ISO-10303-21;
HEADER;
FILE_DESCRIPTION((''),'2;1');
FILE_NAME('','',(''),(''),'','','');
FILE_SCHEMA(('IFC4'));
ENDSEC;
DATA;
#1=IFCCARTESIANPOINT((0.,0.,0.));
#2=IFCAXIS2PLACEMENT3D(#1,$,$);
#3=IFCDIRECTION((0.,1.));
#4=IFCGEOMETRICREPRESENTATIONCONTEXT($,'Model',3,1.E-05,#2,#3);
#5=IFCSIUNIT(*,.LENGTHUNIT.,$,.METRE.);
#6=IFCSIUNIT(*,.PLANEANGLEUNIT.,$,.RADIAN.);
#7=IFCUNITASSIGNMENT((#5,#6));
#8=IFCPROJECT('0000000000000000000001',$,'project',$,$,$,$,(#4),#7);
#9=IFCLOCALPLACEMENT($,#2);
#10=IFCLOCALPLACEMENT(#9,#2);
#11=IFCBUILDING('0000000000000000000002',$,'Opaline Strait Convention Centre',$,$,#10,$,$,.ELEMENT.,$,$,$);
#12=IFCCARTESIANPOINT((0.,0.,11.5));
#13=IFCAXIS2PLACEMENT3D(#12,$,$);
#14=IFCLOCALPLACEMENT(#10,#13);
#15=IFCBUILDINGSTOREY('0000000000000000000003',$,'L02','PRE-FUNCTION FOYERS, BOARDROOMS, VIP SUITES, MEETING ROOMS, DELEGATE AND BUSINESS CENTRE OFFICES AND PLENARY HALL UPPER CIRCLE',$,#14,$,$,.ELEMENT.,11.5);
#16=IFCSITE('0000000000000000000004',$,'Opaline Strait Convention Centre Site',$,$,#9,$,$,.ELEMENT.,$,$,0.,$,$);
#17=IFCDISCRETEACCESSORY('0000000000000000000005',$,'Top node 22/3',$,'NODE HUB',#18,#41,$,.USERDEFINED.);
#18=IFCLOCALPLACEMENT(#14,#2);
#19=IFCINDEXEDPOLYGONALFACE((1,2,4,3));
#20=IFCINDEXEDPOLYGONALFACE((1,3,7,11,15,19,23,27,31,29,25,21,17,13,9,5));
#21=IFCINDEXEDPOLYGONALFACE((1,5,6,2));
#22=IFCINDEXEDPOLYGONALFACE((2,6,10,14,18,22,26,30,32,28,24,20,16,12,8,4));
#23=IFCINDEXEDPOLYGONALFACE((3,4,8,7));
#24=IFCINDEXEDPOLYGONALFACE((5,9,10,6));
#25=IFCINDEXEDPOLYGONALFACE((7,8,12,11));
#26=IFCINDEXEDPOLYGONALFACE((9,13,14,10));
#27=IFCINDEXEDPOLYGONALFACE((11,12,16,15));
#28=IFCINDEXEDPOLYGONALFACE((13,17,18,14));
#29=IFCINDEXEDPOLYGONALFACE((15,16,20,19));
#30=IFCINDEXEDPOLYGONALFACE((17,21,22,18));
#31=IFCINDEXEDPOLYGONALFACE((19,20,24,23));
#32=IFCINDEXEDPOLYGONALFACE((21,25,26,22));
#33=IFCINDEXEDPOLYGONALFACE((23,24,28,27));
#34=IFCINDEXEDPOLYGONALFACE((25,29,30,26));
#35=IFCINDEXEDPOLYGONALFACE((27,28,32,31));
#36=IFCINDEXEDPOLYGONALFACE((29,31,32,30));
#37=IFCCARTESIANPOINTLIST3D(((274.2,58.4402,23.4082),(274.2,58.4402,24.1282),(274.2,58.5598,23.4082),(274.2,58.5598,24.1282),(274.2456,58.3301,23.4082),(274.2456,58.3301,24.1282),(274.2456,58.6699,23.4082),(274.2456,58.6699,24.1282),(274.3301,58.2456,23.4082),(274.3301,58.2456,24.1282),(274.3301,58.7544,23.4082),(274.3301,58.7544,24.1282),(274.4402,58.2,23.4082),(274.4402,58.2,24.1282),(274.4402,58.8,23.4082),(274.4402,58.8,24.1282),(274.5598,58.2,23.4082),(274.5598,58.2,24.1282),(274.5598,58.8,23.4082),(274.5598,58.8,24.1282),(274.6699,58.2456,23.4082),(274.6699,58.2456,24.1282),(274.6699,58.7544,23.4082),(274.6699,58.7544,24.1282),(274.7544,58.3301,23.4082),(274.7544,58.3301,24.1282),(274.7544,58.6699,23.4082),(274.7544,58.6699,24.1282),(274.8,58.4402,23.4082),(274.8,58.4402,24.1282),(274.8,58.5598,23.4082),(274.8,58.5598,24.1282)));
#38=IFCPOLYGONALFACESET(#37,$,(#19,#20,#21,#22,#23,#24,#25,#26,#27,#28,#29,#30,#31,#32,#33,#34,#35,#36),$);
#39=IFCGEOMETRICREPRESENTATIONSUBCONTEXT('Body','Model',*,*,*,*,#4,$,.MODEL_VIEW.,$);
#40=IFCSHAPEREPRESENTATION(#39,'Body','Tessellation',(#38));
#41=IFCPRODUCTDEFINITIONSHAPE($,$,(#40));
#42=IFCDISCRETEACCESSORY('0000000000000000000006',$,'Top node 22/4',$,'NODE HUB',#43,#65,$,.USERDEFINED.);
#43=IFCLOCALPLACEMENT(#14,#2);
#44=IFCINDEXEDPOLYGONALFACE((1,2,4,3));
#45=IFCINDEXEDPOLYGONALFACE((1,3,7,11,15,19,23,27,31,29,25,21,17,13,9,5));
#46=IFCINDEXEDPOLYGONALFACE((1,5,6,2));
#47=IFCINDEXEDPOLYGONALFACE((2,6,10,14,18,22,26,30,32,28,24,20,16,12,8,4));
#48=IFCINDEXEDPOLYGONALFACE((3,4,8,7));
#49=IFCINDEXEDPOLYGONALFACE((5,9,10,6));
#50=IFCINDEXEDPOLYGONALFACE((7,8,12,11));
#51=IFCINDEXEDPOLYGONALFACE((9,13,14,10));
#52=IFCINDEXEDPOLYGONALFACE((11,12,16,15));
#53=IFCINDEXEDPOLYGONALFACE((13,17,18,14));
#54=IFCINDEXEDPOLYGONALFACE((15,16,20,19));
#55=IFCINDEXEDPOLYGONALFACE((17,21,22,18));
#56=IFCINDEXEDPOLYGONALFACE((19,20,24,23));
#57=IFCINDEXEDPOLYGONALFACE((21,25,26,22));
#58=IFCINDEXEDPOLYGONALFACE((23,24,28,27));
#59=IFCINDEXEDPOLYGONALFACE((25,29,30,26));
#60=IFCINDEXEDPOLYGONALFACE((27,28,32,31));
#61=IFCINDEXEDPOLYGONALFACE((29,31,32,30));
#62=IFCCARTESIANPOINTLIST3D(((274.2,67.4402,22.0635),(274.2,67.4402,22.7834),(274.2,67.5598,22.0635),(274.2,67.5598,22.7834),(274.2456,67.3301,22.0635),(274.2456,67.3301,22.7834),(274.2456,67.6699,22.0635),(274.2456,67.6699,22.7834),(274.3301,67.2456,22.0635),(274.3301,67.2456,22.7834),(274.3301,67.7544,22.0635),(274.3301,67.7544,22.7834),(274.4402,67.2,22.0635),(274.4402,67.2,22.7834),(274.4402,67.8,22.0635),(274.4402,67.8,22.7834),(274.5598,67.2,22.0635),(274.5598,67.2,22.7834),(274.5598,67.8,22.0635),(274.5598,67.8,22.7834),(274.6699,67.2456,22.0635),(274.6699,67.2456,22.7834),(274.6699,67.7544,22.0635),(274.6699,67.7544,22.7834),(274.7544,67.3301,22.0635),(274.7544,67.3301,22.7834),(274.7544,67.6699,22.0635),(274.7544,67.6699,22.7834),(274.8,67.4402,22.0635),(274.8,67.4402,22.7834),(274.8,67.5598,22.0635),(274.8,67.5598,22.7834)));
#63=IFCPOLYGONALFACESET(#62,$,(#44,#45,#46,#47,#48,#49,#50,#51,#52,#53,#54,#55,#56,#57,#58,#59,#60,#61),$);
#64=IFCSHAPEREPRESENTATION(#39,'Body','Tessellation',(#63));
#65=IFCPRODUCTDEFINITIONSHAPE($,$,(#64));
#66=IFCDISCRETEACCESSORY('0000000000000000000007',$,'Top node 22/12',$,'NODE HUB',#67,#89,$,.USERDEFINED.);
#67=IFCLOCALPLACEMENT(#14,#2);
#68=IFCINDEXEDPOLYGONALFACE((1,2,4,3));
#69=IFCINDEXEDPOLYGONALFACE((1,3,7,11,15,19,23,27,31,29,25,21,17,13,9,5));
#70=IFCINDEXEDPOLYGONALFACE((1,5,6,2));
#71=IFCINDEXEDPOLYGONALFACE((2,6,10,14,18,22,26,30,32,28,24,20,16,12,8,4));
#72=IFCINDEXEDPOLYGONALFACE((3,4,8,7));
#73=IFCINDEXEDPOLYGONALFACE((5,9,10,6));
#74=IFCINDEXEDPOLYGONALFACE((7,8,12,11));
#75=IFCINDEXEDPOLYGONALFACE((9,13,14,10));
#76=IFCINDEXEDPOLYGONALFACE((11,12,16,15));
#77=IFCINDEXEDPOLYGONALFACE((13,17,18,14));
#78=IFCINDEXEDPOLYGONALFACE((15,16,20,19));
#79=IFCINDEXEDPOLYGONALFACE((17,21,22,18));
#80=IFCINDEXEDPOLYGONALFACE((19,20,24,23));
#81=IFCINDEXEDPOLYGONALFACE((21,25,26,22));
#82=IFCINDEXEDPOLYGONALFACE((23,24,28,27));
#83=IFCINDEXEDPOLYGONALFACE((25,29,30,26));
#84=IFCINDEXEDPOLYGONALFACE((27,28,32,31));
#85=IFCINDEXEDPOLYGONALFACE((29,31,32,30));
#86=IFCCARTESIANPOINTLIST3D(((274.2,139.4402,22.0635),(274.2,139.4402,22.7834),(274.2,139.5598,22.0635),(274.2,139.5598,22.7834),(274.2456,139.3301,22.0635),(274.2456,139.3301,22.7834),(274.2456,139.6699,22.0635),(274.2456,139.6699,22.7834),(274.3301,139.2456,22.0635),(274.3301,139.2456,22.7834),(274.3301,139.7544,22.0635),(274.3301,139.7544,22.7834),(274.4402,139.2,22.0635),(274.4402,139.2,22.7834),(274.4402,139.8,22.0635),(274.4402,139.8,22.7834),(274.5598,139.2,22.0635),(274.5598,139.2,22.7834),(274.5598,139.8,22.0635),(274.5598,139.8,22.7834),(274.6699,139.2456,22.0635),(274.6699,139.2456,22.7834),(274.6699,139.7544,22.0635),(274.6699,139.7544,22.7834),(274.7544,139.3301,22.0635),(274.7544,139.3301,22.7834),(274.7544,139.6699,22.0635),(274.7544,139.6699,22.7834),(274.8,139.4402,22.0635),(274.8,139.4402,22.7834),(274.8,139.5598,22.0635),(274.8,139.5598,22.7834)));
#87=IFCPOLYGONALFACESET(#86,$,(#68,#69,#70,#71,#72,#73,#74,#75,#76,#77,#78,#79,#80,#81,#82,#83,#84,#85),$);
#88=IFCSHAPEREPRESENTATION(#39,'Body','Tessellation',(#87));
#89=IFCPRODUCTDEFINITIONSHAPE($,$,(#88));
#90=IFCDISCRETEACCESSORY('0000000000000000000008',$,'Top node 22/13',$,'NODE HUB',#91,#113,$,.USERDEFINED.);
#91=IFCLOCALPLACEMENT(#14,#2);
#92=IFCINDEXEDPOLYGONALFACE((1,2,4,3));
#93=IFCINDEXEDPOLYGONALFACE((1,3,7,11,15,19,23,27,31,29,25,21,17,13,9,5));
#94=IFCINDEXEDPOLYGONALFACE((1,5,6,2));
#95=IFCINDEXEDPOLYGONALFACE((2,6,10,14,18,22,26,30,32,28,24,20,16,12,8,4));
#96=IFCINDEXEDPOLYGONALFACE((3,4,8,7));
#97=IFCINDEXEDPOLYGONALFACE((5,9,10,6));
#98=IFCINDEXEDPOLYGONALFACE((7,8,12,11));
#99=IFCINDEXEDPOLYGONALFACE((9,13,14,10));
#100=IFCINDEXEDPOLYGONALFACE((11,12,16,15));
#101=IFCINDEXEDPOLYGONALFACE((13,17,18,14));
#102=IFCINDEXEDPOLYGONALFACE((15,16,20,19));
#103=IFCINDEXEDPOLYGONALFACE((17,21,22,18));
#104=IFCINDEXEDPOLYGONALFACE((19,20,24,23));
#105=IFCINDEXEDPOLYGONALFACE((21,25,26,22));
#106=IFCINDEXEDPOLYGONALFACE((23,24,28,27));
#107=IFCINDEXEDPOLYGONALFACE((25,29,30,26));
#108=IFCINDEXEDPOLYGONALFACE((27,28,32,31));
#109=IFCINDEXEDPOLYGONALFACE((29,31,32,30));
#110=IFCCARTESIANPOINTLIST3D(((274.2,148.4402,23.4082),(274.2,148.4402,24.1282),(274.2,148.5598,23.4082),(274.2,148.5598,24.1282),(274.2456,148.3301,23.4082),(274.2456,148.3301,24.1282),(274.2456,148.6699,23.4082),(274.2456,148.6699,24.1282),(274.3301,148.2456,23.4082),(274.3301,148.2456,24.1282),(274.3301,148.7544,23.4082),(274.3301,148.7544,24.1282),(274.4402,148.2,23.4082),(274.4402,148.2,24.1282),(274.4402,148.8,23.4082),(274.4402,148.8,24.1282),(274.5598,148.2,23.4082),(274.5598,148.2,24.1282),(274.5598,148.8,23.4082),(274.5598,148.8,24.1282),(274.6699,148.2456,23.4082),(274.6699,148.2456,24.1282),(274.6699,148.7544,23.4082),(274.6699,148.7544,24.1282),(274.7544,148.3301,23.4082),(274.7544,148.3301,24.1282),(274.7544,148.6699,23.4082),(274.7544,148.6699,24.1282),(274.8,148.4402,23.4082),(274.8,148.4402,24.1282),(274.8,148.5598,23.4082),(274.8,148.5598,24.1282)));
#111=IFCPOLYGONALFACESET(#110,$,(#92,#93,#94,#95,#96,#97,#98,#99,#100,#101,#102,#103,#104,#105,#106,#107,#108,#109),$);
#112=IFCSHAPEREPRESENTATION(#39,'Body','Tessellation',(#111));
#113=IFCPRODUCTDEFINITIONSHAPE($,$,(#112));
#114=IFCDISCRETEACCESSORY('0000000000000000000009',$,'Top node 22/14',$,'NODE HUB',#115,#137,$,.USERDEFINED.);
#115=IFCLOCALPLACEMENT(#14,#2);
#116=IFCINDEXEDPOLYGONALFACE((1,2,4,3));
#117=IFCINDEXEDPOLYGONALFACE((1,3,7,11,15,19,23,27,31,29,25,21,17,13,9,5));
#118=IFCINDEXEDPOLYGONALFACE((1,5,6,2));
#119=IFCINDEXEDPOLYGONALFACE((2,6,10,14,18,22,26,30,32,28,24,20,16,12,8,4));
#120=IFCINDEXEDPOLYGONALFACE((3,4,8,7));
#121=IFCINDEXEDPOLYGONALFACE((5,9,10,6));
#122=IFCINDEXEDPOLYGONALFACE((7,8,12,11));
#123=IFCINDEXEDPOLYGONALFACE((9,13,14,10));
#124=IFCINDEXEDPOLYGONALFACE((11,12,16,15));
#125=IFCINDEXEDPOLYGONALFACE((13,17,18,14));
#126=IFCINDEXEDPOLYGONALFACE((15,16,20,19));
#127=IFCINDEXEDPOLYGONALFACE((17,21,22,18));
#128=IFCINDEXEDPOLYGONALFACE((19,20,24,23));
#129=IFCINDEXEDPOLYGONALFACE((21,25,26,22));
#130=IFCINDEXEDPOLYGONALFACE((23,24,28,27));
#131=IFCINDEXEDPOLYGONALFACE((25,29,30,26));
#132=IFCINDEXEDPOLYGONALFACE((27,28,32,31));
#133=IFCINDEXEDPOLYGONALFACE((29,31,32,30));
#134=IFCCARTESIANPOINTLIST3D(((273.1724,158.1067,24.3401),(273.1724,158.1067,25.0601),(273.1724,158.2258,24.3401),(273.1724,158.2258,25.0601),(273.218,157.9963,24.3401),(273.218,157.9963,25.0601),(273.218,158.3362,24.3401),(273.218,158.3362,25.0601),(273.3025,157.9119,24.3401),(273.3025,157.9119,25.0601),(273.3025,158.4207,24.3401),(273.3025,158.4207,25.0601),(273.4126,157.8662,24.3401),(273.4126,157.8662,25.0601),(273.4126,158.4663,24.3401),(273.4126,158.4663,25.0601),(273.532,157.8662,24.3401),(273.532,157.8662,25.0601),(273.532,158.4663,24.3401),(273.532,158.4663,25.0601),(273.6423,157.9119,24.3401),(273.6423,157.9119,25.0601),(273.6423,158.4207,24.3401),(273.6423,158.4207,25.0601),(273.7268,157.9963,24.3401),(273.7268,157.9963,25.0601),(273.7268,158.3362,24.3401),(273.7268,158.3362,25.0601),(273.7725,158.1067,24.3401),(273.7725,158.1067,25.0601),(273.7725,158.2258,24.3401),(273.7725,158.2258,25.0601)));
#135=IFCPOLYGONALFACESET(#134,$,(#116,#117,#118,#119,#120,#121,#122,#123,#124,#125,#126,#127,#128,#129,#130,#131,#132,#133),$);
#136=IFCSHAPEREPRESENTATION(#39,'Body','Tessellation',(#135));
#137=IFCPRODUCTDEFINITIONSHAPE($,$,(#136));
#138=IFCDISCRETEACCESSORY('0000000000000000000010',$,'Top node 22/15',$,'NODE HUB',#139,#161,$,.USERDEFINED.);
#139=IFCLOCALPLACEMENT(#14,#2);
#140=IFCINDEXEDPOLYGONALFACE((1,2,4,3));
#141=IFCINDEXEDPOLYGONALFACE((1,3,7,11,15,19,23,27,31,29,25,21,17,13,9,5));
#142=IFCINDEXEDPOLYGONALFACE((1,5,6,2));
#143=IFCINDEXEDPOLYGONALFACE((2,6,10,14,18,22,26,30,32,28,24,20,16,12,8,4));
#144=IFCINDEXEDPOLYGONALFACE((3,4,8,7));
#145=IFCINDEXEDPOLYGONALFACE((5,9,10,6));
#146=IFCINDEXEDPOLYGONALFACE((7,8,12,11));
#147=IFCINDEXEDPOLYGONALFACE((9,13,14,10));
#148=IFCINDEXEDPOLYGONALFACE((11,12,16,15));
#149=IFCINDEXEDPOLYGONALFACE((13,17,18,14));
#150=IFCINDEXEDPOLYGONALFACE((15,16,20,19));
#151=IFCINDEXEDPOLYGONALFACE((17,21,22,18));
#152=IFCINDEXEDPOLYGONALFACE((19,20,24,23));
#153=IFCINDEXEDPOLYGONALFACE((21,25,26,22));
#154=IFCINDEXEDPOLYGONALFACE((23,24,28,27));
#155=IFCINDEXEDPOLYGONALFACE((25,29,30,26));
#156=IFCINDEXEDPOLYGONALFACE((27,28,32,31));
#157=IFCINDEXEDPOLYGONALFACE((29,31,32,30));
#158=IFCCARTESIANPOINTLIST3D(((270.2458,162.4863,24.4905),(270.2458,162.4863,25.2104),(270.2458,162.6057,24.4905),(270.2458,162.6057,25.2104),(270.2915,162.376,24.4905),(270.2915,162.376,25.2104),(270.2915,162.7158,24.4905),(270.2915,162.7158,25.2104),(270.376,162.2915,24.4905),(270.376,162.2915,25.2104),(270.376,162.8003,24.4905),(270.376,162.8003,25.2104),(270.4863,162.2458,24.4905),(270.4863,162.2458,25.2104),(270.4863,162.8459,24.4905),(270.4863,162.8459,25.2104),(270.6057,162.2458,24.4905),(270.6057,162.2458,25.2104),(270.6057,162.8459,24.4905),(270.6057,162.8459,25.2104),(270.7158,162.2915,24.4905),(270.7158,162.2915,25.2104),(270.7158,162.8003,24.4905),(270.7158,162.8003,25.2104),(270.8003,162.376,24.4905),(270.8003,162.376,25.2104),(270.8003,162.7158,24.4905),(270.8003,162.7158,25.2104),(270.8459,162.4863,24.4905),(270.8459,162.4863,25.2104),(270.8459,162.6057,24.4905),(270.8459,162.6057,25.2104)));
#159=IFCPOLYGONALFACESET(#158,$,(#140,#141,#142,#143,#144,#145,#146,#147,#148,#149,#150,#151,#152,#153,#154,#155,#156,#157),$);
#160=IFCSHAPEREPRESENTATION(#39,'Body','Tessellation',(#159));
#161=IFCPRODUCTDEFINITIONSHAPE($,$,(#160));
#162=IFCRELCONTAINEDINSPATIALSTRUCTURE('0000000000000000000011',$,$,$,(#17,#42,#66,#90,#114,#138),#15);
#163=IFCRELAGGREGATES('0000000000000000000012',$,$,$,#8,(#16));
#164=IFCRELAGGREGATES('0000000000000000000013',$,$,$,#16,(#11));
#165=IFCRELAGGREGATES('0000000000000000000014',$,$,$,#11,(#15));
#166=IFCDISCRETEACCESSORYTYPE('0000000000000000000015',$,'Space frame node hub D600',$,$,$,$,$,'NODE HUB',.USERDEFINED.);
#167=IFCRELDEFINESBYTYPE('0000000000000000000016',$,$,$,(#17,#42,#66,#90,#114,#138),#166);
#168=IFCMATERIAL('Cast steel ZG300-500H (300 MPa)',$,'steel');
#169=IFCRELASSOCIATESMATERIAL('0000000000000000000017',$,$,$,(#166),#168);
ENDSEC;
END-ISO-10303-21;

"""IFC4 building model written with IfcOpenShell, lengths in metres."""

from ifc_helpers import new_model, si_unit, direction, frame, origin, place, context, subcontext, project, spatial, polyline, outline, extrude, material, type_object, element, save


model = new_model("IFC4")

# Units and contexts
model_context = context("Model", 3, precision=1e-05, world=origin(), true_north=direction((0.0, 1.0)))
body_context = subcontext(model_context, "Body", "Model", "MODEL_VIEW")
ifc_project = project(units=[si_unit("LENGTHUNIT", "METRE"), si_unit("PLANEANGLEUNIT", "RADIAN")], contexts=[model_context])

# Site, building, storey
site_placement = place(None, origin())
site = spatial("IfcSite", under=ifc_project, at=site_placement, Name="Opaline Strait Convention Centre Site", CompositionType="ELEMENT", RefElevation=0.0)
building_placement = place(site_placement, origin())
building = spatial("IfcBuilding", under=site, at=building_placement, Name="Opaline Strait Convention Centre", CompositionType="ELEMENT")
storey_placement = place(building_placement, frame((0.0, 0.0, 11.5)))
storey = spatial("IfcBuildingStorey", under=building, at=storey_placement, Name="L02", Description="PRE-FUNCTION FOYERS, BOARDROOMS, VIP SUITES, MEETING ROOMS, DELEGATE AND BUSINESS CENTRE OFFICES AND PLENARY HALL UPPER CIRCLE", CompositionType="ELEMENT", Elevation=11.5)

# Discrete accessories
ifc_material = material(Name="Cast steel ZG300-500H (300 MPa)", Category="steel")
discrete_accessory_type_1 = type_object("IfcDiscreteAccessoryType", Name="Space frame node hub D600", ElementType="NODE HUB", PredefinedType="USERDEFINED", material=ifc_material)
discrete_accessory_1_placement = place(storey_placement, frame((0.0, 0.0, 23.4082)))
element("IfcDiscreteAccessory", 1, at=discrete_accessory_1_placement, inside=storey, type_object=discrete_accessory_type_1, Name="Top node 22/3", ObjectType="NODE HUB", PredefinedType="USERDEFINED", context=body_context, shape_type="SweptSolid", body=[
    extrude(outline(polyline([(274.8, 58.5598), (274.7544, 58.6699), (274.6699, 58.7544), (274.5598, 58.8), (274.4402, 58.8), (274.3301, 58.7544), (274.2456, 58.6699), (274.2, 58.5598), (274.2, 58.4402), (274.2456, 58.3301), (274.3301, 58.2456), (274.4402, 58.2), (274.5598, 58.2), (274.6699, 58.2456), (274.7544, 58.3301), (274.8, 58.4402), (274.8, 58.5598)])), origin(), (0.0, 0.0, 1.0), 0.72),
])
discrete_accessory_2_placement = place(storey_placement, frame((0.0, 0.0, 22.0635)))
element("IfcDiscreteAccessory", 2, at=discrete_accessory_2_placement, inside=storey, type_object=discrete_accessory_type_1, Name="Top node 22/4", ObjectType="NODE HUB", PredefinedType="USERDEFINED", context=body_context, shape_type="SweptSolid", body=[
    extrude(outline(polyline([(274.8, 67.5598), (274.7544, 67.6699), (274.6699, 67.7544), (274.5598, 67.8), (274.4402, 67.8), (274.3301, 67.7544), (274.2456, 67.6699), (274.2, 67.5598), (274.2, 67.4402), (274.2456, 67.3301), (274.3301, 67.2456), (274.4402, 67.2), (274.5598, 67.2), (274.6699, 67.2456), (274.7544, 67.3301), (274.8, 67.4402), (274.8, 67.5598)])), origin(), (0.0, 0.0, 1.0), 0.72),
])
discrete_accessory_3_placement = place(storey_placement, frame((0.0, 0.0, 22.0635)))
element("IfcDiscreteAccessory", 3, at=discrete_accessory_3_placement, inside=storey, type_object=discrete_accessory_type_1, Name="Top node 22/12", ObjectType="NODE HUB", PredefinedType="USERDEFINED", context=body_context, shape_type="SweptSolid", body=[
    extrude(outline(polyline([(274.8, 139.5598), (274.7544, 139.6699), (274.6699, 139.7544), (274.5598, 139.8), (274.4402, 139.8), (274.3301, 139.7544), (274.2456, 139.6699), (274.2, 139.5598), (274.2, 139.4402), (274.2456, 139.3301), (274.3301, 139.2456), (274.4402, 139.2), (274.5598, 139.2), (274.6699, 139.2456), (274.7544, 139.3301), (274.8, 139.4402), (274.8, 139.5598)])), origin(), (0.0, 0.0, 1.0), 0.72),
])
discrete_accessory_4_placement = place(storey_placement, frame((0.0, 0.0, 23.4082)))
element("IfcDiscreteAccessory", 4, at=discrete_accessory_4_placement, inside=storey, type_object=discrete_accessory_type_1, Name="Top node 22/13", ObjectType="NODE HUB", PredefinedType="USERDEFINED", context=body_context, shape_type="SweptSolid", body=[
    extrude(outline(polyline([(274.8, 148.5598), (274.7544, 148.6699), (274.6699, 148.7544), (274.5598, 148.8), (274.4402, 148.8), (274.3301, 148.7544), (274.2456, 148.6699), (274.2, 148.5598), (274.2, 148.4402), (274.2456, 148.3301), (274.3301, 148.2456), (274.4402, 148.2), (274.5598, 148.2), (274.6699, 148.2456), (274.7544, 148.3301), (274.8, 148.4402), (274.8, 148.5598)])), origin(), (0.0, 0.0, 1.0), 0.72),
])
discrete_accessory_5_placement = place(storey_placement, frame((0.0, 0.0, 24.3401)))
element("IfcDiscreteAccessory", 5, at=discrete_accessory_5_placement, inside=storey, type_object=discrete_accessory_type_1, Name="Top node 22/14", ObjectType="NODE HUB", PredefinedType="USERDEFINED", context=body_context, shape_type="SweptSolid", body=[
    extrude(outline(polyline([(273.7725, 158.2258), (273.7268, 158.3362), (273.6423, 158.4207), (273.532, 158.4663), (273.4126, 158.4663), (273.3025, 158.4207), (273.218, 158.3362), (273.1724, 158.2258), (273.1724, 158.1067), (273.218, 157.9963), (273.3025, 157.9119), (273.4126, 157.8662), (273.532, 157.8662), (273.6423, 157.9119), (273.7268, 157.9963), (273.7725, 158.1067), (273.7725, 158.2258)])), origin(), (0.0, 0.0, 1.0), 0.72),
])
discrete_accessory_6_placement = place(storey_placement, frame((0.0, 0.0, 24.4905)))
element("IfcDiscreteAccessory", 6, at=discrete_accessory_6_placement, inside=storey, type_object=discrete_accessory_type_1, Name="Top node 22/15", ObjectType="NODE HUB", PredefinedType="USERDEFINED", context=body_context, shape_type="SweptSolid", body=[
    extrude(outline(polyline([(270.8459, 162.6057), (270.8003, 162.7158), (270.7158, 162.8003), (270.6057, 162.8459), (270.4863, 162.8459), (270.376, 162.8003), (270.2915, 162.7158), (270.2458, 162.6057), (270.2458, 162.4863), (270.2915, 162.376), (270.376, 162.2915), (270.4863, 162.2458), (270.6057, 162.2458), (270.7158, 162.2915), (270.8003, 162.376), (270.8459, 162.4863), (270.8459, 162.6057)])), origin(), (0.0, 0.0, 1.0), 0.72),
])

save(model, "model.ifc")
